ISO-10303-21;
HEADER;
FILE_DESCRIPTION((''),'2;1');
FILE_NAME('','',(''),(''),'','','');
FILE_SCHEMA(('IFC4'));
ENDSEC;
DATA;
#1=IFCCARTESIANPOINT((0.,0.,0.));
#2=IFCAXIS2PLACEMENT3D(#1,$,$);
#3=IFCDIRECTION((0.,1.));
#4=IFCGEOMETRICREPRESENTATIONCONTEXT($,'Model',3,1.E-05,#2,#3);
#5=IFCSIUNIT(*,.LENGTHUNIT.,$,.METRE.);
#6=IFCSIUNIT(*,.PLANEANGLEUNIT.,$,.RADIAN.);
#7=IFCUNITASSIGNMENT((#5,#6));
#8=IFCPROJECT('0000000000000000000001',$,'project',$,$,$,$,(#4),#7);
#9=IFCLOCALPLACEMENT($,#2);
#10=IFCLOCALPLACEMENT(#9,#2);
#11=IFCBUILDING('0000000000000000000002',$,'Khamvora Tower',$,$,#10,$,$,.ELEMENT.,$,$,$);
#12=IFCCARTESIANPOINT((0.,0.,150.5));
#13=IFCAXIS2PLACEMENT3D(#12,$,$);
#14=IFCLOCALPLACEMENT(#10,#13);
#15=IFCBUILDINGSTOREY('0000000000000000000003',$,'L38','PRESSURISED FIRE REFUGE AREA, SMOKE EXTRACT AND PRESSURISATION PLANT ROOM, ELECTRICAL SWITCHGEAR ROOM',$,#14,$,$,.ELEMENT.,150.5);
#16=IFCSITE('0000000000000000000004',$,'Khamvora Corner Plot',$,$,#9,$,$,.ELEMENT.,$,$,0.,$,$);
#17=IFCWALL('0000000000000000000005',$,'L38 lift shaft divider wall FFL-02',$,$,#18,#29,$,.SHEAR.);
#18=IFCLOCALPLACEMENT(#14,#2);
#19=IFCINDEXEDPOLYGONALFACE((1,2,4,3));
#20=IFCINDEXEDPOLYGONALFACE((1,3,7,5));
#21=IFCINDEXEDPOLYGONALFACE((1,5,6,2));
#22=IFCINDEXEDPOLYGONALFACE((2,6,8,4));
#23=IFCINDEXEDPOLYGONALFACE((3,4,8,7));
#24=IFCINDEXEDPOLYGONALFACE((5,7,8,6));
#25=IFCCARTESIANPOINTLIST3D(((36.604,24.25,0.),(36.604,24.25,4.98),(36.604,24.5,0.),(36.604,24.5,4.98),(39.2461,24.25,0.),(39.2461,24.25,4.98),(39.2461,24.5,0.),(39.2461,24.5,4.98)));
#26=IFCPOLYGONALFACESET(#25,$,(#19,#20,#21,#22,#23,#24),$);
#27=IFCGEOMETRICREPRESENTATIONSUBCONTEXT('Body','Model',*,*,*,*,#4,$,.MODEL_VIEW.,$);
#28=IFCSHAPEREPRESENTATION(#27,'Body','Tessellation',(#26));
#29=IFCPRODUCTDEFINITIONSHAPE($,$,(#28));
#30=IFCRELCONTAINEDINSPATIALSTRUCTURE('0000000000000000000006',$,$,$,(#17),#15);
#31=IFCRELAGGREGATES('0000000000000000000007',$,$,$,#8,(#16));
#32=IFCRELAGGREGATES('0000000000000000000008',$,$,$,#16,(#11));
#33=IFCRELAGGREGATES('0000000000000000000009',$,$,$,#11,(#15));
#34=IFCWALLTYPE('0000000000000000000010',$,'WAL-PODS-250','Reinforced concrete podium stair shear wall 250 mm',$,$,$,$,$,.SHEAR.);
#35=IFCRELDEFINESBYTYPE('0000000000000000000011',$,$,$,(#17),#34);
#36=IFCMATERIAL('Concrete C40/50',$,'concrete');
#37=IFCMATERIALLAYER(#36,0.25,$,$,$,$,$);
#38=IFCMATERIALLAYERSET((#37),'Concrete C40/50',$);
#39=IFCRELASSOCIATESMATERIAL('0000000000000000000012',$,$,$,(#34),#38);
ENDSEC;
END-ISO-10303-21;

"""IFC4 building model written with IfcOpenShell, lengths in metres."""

from ifc_helpers import new_model, si_unit, direction, frame, frame_2d, origin, place, context, subcontext, project, spatial, rectangle, extrude, material, layer, layer_set, type_object, element, save


model = new_model("IFC4")

# Units and contexts
model_context = context("Model", 3, precision=1e-05, world=origin(), true_north=direction((0.0, 1.0)))
body_context = subcontext(model_context, "Body", "Model", "MODEL_VIEW")
ifc_project = project(units=[si_unit("LENGTHUNIT", "METRE"), si_unit("PLANEANGLEUNIT", "RADIAN")], contexts=[model_context])

# Site, building, storey
site_placement = place(None, origin())
site = spatial("IfcSite", under=ifc_project, at=site_placement, Name="Khamvora Corner Plot", CompositionType="ELEMENT", RefElevation=0.0)
building_placement = place(site_placement, origin())
building = spatial("IfcBuilding", under=site, at=building_placement, Name="Khamvora Tower", CompositionType="ELEMENT")
storey_placement = place(building_placement, frame((0.0, 0.0, 150.5)))
storey = spatial("IfcBuildingStorey", under=building, at=storey_placement, Name="L38", Description="PRESSURISED FIRE REFUGE AREA, SMOKE EXTRACT AND PRESSURISATION PLANT ROOM, ELECTRICAL SWITCHGEAR ROOM", CompositionType="ELEMENT", Elevation=150.5)

# Wall
ifc_material_1 = material(Name="Concrete C40/50", Category="concrete")
ifc_layer_1 = layer(ifc_material_1, 0.25)
ifc_layer_set_1 = layer_set([ifc_layer_1], Name="Concrete C40/50")
wall_type_1 = type_object("IfcWallType", Name="WAL-PODS-250", Description="Reinforced concrete podium stair shear wall 250 mm", PredefinedType="SHEAR", material=ifc_layer_set_1)
for number, where, z_axis, x_axis, name in (
    (1, (36.604, 24.375, 0.0), (0.0, 0.0, 1.0), (1.0, 0.0, 0.0), "L38 lift shaft divider wall FFL-02"),
):
    element("IfcWall", number, at=place(storey_placement, frame(where, z_axis=z_axis, x_axis=x_axis)), inside=storey, type_object=wall_type_1, Name=name, PredefinedType="SHEAR", context=body_context, shape_type="SweptSolid", body=[
        extrude(rectangle(XDim=2.6421, YDim=0.25, at=frame_2d((1.321, 0.0))), origin(), (0.0, 0.0, 1.0), 4.98),
    ])

save(model, "model.ifc")
